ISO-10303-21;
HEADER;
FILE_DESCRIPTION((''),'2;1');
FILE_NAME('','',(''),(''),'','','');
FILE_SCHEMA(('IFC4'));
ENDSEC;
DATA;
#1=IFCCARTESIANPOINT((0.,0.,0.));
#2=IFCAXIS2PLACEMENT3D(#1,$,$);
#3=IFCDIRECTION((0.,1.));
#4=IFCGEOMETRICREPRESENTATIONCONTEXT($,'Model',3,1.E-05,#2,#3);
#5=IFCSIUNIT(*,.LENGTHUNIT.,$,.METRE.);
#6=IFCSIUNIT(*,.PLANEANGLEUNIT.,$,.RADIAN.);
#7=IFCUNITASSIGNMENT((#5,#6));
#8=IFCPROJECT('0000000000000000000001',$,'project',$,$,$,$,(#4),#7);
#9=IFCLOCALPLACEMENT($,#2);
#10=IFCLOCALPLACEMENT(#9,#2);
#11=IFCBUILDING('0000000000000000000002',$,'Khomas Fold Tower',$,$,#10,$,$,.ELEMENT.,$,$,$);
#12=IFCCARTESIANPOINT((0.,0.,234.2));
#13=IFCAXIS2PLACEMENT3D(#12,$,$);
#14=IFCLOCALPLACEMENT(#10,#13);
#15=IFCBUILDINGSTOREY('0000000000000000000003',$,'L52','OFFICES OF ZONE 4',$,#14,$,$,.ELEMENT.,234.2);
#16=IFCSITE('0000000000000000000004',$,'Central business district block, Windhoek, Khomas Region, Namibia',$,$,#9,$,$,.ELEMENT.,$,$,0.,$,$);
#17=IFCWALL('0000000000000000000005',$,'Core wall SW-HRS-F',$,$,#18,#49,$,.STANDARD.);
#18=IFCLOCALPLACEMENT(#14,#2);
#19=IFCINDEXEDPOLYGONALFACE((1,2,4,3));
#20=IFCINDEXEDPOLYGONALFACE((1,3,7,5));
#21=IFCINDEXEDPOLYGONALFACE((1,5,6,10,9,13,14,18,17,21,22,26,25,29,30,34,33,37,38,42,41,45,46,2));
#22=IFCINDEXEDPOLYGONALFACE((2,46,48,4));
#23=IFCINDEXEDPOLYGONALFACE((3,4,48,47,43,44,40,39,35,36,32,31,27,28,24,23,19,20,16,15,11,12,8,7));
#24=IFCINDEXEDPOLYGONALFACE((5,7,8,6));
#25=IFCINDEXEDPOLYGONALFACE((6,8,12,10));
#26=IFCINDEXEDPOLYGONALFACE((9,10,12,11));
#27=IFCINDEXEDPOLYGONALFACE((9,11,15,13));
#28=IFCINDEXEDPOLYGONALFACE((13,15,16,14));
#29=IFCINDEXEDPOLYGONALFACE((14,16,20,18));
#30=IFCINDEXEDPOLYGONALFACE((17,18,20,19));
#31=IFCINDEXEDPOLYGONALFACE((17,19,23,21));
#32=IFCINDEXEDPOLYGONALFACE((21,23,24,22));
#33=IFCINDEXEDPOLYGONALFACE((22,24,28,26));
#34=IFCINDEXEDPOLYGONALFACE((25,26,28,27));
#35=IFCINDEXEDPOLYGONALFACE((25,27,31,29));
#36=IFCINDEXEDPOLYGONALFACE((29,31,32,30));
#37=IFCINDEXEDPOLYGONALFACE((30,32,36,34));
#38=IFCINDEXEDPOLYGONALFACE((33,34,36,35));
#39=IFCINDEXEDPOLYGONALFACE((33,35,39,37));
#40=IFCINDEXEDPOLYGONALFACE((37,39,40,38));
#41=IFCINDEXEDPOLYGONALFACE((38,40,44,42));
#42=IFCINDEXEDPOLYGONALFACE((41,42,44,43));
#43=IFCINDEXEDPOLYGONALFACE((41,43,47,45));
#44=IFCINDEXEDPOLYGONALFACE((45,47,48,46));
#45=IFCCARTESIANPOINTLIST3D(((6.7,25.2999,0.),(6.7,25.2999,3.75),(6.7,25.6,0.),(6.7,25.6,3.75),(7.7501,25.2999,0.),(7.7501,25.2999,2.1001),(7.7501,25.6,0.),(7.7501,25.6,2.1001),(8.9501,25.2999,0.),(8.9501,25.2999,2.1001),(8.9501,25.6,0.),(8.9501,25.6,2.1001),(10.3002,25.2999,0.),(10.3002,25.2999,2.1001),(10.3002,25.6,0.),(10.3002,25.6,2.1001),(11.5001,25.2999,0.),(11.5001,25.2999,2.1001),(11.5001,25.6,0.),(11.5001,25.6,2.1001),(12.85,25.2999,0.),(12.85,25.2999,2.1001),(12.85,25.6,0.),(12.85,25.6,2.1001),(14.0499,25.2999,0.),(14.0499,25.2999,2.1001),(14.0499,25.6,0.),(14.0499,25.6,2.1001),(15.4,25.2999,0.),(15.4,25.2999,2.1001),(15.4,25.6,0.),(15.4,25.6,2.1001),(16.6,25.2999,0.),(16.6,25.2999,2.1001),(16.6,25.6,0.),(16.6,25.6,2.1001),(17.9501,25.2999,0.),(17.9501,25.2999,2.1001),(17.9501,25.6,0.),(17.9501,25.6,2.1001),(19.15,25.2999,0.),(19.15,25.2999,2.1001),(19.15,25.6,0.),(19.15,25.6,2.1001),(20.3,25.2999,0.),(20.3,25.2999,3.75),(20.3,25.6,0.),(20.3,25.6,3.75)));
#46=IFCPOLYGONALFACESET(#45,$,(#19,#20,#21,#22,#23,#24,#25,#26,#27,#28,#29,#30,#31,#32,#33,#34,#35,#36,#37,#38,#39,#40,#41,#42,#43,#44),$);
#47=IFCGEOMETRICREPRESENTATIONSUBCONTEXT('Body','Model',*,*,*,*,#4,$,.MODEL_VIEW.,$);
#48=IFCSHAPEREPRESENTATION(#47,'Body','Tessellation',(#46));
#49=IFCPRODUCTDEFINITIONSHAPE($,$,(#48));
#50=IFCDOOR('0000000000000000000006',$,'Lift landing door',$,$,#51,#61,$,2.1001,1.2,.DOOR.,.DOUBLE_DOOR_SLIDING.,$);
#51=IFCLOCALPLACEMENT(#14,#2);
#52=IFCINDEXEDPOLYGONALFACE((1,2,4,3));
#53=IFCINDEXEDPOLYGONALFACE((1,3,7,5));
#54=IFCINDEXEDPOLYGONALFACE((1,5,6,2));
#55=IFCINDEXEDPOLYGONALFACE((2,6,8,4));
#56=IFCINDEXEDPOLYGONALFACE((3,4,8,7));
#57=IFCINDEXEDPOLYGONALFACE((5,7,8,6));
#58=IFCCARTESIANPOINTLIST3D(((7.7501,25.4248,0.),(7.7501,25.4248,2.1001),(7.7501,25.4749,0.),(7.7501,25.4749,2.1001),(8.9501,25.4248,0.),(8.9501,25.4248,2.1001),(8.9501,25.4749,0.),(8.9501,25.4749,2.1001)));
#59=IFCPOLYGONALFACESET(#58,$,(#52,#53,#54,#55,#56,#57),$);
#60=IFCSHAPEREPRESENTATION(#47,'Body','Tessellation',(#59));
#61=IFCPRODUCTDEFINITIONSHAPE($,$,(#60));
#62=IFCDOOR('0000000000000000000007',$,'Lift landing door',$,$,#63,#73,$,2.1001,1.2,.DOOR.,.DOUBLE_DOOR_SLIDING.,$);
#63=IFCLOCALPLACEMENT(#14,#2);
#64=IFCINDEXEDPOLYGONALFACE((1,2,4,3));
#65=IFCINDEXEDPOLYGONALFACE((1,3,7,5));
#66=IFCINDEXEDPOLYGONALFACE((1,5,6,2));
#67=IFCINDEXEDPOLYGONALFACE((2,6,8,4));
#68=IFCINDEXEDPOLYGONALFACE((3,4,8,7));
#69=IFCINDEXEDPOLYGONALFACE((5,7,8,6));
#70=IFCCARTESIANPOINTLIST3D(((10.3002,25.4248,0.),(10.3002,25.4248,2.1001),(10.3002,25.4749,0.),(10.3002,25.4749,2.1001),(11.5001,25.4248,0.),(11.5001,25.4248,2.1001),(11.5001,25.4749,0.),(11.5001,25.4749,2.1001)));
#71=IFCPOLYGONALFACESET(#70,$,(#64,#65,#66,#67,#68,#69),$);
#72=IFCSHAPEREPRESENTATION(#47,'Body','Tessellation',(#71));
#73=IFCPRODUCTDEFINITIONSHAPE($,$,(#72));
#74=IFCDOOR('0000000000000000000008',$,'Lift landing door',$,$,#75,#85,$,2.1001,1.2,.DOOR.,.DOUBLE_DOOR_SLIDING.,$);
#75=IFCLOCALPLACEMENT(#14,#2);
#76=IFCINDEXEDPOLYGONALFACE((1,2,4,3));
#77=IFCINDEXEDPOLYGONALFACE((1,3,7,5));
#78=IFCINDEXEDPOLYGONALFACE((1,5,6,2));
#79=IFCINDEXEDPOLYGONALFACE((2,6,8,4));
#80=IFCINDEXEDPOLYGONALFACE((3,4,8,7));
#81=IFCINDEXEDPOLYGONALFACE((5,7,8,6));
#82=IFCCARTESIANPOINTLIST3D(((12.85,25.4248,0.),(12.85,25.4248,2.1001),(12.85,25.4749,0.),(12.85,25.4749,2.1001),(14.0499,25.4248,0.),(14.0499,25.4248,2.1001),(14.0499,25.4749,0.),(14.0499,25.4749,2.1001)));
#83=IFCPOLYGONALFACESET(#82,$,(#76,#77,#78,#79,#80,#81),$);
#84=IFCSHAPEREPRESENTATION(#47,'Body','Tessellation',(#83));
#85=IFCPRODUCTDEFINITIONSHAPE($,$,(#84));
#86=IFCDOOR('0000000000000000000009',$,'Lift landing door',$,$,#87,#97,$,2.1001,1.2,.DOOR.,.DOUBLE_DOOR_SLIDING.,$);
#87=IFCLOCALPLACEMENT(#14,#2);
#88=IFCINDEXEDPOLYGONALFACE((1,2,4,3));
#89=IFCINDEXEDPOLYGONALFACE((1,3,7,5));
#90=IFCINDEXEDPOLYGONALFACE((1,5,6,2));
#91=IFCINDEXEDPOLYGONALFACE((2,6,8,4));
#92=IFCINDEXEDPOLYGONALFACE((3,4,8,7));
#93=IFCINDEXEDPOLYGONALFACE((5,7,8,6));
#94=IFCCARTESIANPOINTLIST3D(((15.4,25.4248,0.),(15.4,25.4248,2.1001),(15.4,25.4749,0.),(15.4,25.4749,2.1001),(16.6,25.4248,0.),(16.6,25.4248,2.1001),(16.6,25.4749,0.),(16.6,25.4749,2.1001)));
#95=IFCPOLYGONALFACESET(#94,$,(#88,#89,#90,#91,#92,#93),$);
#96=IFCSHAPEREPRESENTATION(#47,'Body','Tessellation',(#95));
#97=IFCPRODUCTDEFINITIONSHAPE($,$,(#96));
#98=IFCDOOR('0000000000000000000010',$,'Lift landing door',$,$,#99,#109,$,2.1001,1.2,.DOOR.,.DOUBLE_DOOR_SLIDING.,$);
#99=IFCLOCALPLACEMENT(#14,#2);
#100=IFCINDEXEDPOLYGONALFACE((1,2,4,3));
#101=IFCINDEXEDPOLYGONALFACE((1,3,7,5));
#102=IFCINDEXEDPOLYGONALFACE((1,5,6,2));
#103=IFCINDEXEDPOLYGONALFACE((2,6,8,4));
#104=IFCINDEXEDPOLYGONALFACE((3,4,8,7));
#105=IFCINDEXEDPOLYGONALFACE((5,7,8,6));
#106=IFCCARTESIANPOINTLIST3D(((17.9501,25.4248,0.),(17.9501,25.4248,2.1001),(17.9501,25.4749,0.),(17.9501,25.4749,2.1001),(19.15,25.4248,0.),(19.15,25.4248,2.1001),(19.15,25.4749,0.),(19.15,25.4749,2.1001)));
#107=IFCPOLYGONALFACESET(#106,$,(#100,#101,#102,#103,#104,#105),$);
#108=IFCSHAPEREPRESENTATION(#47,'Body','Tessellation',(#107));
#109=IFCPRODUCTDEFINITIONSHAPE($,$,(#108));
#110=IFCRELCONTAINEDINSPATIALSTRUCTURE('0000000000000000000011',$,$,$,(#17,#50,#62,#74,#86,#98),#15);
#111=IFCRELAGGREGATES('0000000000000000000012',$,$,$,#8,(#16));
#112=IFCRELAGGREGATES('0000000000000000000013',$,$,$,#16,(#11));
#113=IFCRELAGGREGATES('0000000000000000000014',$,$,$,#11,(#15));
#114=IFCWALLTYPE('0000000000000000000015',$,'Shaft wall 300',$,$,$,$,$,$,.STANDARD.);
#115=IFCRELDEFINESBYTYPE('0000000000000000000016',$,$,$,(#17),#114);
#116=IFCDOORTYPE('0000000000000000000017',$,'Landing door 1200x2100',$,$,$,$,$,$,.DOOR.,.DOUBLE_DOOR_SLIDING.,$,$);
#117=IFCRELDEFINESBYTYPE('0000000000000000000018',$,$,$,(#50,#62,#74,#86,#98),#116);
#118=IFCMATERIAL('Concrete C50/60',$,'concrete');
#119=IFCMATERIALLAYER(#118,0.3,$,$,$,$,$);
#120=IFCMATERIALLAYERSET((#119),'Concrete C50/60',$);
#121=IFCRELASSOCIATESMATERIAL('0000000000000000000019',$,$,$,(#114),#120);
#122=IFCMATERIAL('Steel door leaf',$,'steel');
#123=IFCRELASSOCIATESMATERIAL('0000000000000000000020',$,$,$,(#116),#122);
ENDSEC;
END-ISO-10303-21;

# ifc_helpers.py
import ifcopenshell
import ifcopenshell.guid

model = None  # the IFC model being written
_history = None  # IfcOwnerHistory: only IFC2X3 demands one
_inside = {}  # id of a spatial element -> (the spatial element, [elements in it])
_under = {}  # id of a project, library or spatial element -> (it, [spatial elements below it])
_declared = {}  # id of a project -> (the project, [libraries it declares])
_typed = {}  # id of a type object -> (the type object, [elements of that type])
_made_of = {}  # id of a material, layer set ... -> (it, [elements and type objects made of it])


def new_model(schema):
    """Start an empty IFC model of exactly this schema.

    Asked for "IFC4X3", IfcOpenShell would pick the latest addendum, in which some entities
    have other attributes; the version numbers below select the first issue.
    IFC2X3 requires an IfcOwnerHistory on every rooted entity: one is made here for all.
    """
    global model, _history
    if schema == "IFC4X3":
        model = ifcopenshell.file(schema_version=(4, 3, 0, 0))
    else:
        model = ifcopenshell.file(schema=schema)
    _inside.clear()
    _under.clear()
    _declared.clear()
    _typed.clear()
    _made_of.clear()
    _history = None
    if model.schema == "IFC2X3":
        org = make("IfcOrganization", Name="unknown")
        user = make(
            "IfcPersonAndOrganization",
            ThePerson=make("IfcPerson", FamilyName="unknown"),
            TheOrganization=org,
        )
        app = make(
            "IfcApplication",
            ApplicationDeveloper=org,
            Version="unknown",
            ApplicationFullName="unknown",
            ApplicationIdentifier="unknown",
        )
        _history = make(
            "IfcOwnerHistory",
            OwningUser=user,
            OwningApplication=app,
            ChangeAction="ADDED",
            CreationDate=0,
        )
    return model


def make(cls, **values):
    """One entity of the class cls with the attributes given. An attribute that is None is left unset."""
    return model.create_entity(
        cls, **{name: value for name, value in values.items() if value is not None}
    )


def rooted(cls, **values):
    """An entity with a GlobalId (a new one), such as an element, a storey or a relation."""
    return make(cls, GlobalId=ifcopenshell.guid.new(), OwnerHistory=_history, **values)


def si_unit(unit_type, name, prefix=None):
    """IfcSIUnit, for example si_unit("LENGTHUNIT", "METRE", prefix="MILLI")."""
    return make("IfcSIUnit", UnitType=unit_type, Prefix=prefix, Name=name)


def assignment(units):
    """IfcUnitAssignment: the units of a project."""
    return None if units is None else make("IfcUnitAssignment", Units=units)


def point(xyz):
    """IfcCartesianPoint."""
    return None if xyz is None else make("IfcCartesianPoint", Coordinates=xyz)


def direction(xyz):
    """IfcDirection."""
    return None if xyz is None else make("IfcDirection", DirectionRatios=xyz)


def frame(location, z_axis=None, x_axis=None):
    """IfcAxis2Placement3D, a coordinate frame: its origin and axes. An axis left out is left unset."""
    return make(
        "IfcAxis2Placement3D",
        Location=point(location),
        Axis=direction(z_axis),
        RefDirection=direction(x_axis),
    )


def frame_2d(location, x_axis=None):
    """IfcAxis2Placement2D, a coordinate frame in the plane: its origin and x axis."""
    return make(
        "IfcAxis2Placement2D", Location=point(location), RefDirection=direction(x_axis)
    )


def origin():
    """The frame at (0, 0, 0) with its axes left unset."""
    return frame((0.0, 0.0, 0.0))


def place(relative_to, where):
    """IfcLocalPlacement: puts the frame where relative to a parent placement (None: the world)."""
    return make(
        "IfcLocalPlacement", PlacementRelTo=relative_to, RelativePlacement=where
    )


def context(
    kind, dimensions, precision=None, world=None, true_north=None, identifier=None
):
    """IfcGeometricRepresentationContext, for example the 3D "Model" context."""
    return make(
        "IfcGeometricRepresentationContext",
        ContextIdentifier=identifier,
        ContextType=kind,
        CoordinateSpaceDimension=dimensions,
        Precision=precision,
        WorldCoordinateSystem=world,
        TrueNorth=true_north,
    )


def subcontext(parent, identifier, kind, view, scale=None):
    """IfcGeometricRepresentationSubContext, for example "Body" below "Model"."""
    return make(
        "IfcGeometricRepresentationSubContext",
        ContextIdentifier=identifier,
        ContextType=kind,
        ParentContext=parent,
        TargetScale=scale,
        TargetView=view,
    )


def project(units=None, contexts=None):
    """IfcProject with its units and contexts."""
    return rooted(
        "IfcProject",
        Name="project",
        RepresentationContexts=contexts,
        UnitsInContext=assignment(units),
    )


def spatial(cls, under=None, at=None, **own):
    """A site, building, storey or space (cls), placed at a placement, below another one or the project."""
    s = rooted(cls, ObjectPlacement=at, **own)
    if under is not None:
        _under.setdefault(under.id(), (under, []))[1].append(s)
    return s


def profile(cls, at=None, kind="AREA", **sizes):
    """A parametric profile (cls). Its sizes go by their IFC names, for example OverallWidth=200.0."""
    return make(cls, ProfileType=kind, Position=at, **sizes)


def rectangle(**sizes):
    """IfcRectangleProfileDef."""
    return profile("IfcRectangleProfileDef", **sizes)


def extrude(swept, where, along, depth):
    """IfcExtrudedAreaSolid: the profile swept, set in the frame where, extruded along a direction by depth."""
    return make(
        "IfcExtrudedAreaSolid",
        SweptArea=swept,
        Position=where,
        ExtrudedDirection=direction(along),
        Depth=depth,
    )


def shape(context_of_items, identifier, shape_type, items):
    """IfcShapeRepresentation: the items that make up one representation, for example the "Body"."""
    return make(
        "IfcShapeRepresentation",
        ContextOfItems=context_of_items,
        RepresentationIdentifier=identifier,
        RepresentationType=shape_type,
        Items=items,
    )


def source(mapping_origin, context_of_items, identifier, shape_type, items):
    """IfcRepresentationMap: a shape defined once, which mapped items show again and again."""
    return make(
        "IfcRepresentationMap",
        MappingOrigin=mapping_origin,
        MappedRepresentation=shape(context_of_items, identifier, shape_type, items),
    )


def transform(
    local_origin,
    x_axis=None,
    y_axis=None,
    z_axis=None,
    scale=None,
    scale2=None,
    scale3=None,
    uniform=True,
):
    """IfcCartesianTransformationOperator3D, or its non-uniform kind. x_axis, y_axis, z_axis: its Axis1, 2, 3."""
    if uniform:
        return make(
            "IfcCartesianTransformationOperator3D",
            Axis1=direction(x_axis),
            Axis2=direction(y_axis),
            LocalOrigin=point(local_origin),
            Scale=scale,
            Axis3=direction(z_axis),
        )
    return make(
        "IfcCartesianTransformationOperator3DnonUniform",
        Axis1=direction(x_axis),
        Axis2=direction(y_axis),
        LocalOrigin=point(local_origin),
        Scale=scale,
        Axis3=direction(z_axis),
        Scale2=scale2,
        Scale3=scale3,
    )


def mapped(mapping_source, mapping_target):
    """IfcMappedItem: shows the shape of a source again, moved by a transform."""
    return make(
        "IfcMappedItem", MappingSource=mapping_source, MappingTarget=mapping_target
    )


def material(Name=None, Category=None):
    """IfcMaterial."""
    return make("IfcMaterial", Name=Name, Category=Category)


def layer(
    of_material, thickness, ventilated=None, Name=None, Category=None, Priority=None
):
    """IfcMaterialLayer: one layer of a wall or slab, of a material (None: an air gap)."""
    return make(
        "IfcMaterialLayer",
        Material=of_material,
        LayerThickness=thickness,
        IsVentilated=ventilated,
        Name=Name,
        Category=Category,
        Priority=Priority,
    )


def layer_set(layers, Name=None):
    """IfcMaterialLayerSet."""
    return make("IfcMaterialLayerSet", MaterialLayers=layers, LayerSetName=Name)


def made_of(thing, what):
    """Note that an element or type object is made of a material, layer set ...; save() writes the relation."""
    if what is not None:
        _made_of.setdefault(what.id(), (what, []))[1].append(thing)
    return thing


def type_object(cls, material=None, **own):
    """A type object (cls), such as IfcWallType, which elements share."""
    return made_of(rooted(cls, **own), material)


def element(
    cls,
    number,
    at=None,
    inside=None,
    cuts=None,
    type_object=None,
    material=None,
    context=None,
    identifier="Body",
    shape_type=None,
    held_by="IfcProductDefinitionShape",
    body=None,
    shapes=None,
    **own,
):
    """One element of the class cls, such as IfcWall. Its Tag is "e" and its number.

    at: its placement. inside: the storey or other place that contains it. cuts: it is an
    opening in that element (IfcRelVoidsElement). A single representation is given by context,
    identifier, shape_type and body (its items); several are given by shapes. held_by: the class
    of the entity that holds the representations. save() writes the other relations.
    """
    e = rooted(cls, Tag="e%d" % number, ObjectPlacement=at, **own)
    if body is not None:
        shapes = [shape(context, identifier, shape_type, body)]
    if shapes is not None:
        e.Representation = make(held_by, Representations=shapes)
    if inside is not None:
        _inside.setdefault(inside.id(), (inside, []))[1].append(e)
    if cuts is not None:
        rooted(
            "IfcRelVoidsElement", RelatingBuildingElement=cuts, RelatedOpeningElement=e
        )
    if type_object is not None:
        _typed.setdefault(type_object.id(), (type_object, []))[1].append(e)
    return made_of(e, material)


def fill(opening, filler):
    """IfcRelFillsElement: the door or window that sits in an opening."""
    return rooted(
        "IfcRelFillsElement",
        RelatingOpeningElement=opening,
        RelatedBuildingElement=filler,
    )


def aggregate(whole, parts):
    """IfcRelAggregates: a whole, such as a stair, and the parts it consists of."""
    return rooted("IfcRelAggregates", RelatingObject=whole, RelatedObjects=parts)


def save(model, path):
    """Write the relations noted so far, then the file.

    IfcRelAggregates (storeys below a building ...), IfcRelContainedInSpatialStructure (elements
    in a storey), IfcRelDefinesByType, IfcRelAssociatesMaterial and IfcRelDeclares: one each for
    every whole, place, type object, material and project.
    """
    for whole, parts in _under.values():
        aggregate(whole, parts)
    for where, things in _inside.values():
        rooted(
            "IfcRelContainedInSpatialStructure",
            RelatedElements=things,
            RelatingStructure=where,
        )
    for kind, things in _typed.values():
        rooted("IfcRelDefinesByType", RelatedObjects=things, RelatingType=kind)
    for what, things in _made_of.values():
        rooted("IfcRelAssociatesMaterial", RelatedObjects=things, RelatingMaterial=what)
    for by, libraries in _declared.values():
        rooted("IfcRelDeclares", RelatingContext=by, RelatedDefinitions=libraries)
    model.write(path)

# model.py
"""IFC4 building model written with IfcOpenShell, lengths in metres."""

from ifc_helpers import new_model, si_unit, direction, frame, frame_2d, origin, place, context, subcontext, project, spatial, rectangle, extrude, source, transform, mapped, material, layer, layer_set, type_object, element, fill, save


model = new_model("IFC4")

# Units and contexts
model_context = context("Model", 3, precision=1e-05, world=origin(), true_north=direction((0.0, 1.0)))
body_context = subcontext(model_context, "Body", "Model", "MODEL_VIEW")
ifc_project = project(units=[si_unit("LENGTHUNIT", "METRE"), si_unit("PLANEANGLEUNIT", "RADIAN")], contexts=[model_context])

# Site, building, storey
site_placement = place(None, origin())
site = spatial("IfcSite", under=ifc_project, at=site_placement, Name="Central business district block, Windhoek, Khomas Region, Namibia", CompositionType="ELEMENT", RefElevation=0.0)
building_placement = place(site_placement, origin())
building = spatial("IfcBuilding", under=site, at=building_placement, Name="Khomas Fold Tower", CompositionType="ELEMENT")
storey_placement = place(building_placement, frame((0.0, 0.0, 234.2)))
storey = spatial("IfcBuildingStorey", under=building, at=storey_placement, Name="L52", Description="OFFICES OF ZONE 4", CompositionType="ELEMENT", Elevation=234.2)

# Shared definitions
ifc_material_1 = material(Name="Concrete C50/60", Category="concrete")
ifc_layer_1 = layer(ifc_material_1, 0.3)
ifc_layer_set_1 = layer_set([ifc_layer_1], Name="Concrete C50/60")
wall_type_1 = type_object("IfcWallType", Name="Shaft wall 300", PredefinedType="STANDARD", material=ifc_layer_set_1)
shared_shape_1 = source(origin(), body_context, "Body", "SweptSolid", [
    extrude(rectangle(XDim=13.6001, YDim=0.3, at=frame_2d((6.8, 0.0))), origin(), (0.0, 0.0, 1.0), 3.75),
])

# Wall, openings, doors
wall_1_placement = place(storey_placement, frame((6.7, 25.45, 0.0), z_axis=(0.0, 0.0, 1.0), x_axis=(1.0, 0.0, 0.0)))
wall_1 = element("IfcWall", 1, at=wall_1_placement, inside=storey, type_object=wall_type_1, Name="Core wall SW-HRS-F", PredefinedType="STANDARD", context=body_context, shape_type="MappedRepresentation", body=[
    mapped(shared_shape_1, transform((0.0, 0.0, 0.0))),
])
shared_shape_2 = source(origin(), body_context, "Body", "SweptSolid", [
    extrude(rectangle(XDim=1.2, YDim=2.1001, at=frame_2d((0.6001, 1.05))), frame((0.0, 0.1599, 0.0), z_axis=(0.0, -1.0, 0.0), x_axis=(1.0, 0.0, 0.0)), (0.0, 0.0, 1.0), 0.3201),
])
opening_1_placement = place(wall_1_placement, frame((1.05, 0.0, 0.0)))
opening_1 = element("IfcOpeningElement", 2, at=opening_1_placement, cuts=wall_1, PredefinedType="OPENING", context=body_context, shape_type="MappedRepresentation", body=[
    mapped(shared_shape_2, transform((0.0, 0.0, 0.0))),
])
opening_2_placement = place(wall_1_placement, frame((3.6001, 0.0, 0.0)))
opening_2 = element("IfcOpeningElement", 3, at=opening_2_placement, cuts=wall_1, PredefinedType="OPENING", context=body_context, shape_type="MappedRepresentation", body=[
    mapped(shared_shape_2, transform((0.0, 0.0, 0.0))),
])
opening_3_placement = place(wall_1_placement, frame((6.1499, 0.0, 0.0)))
opening_3 = element("IfcOpeningElement", 4, at=opening_3_placement, cuts=wall_1, PredefinedType="OPENING", context=body_context, shape_type="MappedRepresentation", body=[
    mapped(shared_shape_2, transform((0.0, 0.0, 0.0))),
])
opening_4_placement = place(wall_1_placement, frame((8.7, 0.0, 0.0)))
opening_4 = element("IfcOpeningElement", 5, at=opening_4_placement, cuts=wall_1, PredefinedType="OPENING", context=body_context, shape_type="MappedRepresentation", body=[
    mapped(shared_shape_2, transform((0.0, 0.0, 0.0))),
])
opening_5_placement = place(wall_1_placement, frame((11.25, 0.0, 0.0)))
opening_5 = element("IfcOpeningElement", 6, at=opening_5_placement, cuts=wall_1, PredefinedType="OPENING", context=body_context, shape_type="MappedRepresentation", body=[
    mapped(shared_shape_2, transform((0.0, 0.0, 0.0))),
])
ifc_material_2 = material(Name="Steel door leaf", Category="steel")
door_type = type_object("IfcDoorType", Name="Landing door 1200x2100", OperationType="DOUBLE_DOOR_SLIDING", PredefinedType="DOOR", material=ifc_material_2)
shared_shape_3 = source(origin(), body_context, "Body", "SweptSolid", [
    extrude(rectangle(XDim=1.2, YDim=2.1001, at=frame_2d((0.6001, 1.05))), frame((0.0, 0.0249, 0.0), z_axis=(0.0, -1.0, 0.0), x_axis=(1.0, 0.0, 0.0)), (0.0, 0.0, 1.0), 0.05),
])
door_1_placement = place(opening_1_placement, origin())
door_1 = element("IfcDoor", 7, at=door_1_placement, inside=storey, type_object=door_type, Name="Lift landing door", OperationType="DOUBLE_DOOR_SLIDING", OverallHeight=2.1001, OverallWidth=1.2, PredefinedType="DOOR", context=body_context, shape_type="MappedRepresentation", body=[
    mapped(shared_shape_3, transform((0.0, 0.0, 0.0))),
])
fill(opening_1, door_1)
door_2_placement = place(opening_2_placement, origin())
door_2 = element("IfcDoor", 8, at=door_2_placement, inside=storey, type_object=door_type, Name="Lift landing door", OperationType="DOUBLE_DOOR_SLIDING", OverallHeight=2.1001, OverallWidth=1.2, PredefinedType="DOOR", context=body_context, shape_type="MappedRepresentation", body=[
    mapped(shared_shape_3, transform((0.0, 0.0, 0.0))),
])
fill(opening_2, door_2)
door_3_placement = place(opening_3_placement, origin())
door_3 = element("IfcDoor", 9, at=door_3_placement, inside=storey, type_object=door_type, Name="Lift landing door", OperationType="DOUBLE_DOOR_SLIDING", OverallHeight=2.1001, OverallWidth=1.2, PredefinedType="DOOR", context=body_context, shape_type="MappedRepresentation", body=[
    mapped(shared_shape_3, transform((0.0, 0.0, 0.0))),
])
fill(opening_3, door_3)
door_4_placement = place(opening_4_placement, origin())
door_4 = element("IfcDoor", 10, at=door_4_placement, inside=storey, type_object=door_type, Name="Lift landing door", OperationType="DOUBLE_DOOR_SLIDING", OverallHeight=2.1001, OverallWidth=1.2, PredefinedType="DOOR", context=body_context, shape_type="MappedRepresentation", body=[
    mapped(shared_shape_3, transform((0.0, 0.0, 0.0))),
])
fill(opening_4, door_4)
door_5_placement = place(opening_5_placement, origin())
door_5 = element("IfcDoor", 11, at=door_5_placement, inside=storey, type_object=door_type, Name="Lift landing door", OperationType="DOUBLE_DOOR_SLIDING", OverallHeight=2.1001, OverallWidth=1.2, PredefinedType="DOOR", context=body_context, shape_type="MappedRepresentation", body=[
    mapped(shared_shape_3, transform((0.0, 0.0, 0.0))),
])
fill(opening_5, door_5)

save(model, "model.ifc")
